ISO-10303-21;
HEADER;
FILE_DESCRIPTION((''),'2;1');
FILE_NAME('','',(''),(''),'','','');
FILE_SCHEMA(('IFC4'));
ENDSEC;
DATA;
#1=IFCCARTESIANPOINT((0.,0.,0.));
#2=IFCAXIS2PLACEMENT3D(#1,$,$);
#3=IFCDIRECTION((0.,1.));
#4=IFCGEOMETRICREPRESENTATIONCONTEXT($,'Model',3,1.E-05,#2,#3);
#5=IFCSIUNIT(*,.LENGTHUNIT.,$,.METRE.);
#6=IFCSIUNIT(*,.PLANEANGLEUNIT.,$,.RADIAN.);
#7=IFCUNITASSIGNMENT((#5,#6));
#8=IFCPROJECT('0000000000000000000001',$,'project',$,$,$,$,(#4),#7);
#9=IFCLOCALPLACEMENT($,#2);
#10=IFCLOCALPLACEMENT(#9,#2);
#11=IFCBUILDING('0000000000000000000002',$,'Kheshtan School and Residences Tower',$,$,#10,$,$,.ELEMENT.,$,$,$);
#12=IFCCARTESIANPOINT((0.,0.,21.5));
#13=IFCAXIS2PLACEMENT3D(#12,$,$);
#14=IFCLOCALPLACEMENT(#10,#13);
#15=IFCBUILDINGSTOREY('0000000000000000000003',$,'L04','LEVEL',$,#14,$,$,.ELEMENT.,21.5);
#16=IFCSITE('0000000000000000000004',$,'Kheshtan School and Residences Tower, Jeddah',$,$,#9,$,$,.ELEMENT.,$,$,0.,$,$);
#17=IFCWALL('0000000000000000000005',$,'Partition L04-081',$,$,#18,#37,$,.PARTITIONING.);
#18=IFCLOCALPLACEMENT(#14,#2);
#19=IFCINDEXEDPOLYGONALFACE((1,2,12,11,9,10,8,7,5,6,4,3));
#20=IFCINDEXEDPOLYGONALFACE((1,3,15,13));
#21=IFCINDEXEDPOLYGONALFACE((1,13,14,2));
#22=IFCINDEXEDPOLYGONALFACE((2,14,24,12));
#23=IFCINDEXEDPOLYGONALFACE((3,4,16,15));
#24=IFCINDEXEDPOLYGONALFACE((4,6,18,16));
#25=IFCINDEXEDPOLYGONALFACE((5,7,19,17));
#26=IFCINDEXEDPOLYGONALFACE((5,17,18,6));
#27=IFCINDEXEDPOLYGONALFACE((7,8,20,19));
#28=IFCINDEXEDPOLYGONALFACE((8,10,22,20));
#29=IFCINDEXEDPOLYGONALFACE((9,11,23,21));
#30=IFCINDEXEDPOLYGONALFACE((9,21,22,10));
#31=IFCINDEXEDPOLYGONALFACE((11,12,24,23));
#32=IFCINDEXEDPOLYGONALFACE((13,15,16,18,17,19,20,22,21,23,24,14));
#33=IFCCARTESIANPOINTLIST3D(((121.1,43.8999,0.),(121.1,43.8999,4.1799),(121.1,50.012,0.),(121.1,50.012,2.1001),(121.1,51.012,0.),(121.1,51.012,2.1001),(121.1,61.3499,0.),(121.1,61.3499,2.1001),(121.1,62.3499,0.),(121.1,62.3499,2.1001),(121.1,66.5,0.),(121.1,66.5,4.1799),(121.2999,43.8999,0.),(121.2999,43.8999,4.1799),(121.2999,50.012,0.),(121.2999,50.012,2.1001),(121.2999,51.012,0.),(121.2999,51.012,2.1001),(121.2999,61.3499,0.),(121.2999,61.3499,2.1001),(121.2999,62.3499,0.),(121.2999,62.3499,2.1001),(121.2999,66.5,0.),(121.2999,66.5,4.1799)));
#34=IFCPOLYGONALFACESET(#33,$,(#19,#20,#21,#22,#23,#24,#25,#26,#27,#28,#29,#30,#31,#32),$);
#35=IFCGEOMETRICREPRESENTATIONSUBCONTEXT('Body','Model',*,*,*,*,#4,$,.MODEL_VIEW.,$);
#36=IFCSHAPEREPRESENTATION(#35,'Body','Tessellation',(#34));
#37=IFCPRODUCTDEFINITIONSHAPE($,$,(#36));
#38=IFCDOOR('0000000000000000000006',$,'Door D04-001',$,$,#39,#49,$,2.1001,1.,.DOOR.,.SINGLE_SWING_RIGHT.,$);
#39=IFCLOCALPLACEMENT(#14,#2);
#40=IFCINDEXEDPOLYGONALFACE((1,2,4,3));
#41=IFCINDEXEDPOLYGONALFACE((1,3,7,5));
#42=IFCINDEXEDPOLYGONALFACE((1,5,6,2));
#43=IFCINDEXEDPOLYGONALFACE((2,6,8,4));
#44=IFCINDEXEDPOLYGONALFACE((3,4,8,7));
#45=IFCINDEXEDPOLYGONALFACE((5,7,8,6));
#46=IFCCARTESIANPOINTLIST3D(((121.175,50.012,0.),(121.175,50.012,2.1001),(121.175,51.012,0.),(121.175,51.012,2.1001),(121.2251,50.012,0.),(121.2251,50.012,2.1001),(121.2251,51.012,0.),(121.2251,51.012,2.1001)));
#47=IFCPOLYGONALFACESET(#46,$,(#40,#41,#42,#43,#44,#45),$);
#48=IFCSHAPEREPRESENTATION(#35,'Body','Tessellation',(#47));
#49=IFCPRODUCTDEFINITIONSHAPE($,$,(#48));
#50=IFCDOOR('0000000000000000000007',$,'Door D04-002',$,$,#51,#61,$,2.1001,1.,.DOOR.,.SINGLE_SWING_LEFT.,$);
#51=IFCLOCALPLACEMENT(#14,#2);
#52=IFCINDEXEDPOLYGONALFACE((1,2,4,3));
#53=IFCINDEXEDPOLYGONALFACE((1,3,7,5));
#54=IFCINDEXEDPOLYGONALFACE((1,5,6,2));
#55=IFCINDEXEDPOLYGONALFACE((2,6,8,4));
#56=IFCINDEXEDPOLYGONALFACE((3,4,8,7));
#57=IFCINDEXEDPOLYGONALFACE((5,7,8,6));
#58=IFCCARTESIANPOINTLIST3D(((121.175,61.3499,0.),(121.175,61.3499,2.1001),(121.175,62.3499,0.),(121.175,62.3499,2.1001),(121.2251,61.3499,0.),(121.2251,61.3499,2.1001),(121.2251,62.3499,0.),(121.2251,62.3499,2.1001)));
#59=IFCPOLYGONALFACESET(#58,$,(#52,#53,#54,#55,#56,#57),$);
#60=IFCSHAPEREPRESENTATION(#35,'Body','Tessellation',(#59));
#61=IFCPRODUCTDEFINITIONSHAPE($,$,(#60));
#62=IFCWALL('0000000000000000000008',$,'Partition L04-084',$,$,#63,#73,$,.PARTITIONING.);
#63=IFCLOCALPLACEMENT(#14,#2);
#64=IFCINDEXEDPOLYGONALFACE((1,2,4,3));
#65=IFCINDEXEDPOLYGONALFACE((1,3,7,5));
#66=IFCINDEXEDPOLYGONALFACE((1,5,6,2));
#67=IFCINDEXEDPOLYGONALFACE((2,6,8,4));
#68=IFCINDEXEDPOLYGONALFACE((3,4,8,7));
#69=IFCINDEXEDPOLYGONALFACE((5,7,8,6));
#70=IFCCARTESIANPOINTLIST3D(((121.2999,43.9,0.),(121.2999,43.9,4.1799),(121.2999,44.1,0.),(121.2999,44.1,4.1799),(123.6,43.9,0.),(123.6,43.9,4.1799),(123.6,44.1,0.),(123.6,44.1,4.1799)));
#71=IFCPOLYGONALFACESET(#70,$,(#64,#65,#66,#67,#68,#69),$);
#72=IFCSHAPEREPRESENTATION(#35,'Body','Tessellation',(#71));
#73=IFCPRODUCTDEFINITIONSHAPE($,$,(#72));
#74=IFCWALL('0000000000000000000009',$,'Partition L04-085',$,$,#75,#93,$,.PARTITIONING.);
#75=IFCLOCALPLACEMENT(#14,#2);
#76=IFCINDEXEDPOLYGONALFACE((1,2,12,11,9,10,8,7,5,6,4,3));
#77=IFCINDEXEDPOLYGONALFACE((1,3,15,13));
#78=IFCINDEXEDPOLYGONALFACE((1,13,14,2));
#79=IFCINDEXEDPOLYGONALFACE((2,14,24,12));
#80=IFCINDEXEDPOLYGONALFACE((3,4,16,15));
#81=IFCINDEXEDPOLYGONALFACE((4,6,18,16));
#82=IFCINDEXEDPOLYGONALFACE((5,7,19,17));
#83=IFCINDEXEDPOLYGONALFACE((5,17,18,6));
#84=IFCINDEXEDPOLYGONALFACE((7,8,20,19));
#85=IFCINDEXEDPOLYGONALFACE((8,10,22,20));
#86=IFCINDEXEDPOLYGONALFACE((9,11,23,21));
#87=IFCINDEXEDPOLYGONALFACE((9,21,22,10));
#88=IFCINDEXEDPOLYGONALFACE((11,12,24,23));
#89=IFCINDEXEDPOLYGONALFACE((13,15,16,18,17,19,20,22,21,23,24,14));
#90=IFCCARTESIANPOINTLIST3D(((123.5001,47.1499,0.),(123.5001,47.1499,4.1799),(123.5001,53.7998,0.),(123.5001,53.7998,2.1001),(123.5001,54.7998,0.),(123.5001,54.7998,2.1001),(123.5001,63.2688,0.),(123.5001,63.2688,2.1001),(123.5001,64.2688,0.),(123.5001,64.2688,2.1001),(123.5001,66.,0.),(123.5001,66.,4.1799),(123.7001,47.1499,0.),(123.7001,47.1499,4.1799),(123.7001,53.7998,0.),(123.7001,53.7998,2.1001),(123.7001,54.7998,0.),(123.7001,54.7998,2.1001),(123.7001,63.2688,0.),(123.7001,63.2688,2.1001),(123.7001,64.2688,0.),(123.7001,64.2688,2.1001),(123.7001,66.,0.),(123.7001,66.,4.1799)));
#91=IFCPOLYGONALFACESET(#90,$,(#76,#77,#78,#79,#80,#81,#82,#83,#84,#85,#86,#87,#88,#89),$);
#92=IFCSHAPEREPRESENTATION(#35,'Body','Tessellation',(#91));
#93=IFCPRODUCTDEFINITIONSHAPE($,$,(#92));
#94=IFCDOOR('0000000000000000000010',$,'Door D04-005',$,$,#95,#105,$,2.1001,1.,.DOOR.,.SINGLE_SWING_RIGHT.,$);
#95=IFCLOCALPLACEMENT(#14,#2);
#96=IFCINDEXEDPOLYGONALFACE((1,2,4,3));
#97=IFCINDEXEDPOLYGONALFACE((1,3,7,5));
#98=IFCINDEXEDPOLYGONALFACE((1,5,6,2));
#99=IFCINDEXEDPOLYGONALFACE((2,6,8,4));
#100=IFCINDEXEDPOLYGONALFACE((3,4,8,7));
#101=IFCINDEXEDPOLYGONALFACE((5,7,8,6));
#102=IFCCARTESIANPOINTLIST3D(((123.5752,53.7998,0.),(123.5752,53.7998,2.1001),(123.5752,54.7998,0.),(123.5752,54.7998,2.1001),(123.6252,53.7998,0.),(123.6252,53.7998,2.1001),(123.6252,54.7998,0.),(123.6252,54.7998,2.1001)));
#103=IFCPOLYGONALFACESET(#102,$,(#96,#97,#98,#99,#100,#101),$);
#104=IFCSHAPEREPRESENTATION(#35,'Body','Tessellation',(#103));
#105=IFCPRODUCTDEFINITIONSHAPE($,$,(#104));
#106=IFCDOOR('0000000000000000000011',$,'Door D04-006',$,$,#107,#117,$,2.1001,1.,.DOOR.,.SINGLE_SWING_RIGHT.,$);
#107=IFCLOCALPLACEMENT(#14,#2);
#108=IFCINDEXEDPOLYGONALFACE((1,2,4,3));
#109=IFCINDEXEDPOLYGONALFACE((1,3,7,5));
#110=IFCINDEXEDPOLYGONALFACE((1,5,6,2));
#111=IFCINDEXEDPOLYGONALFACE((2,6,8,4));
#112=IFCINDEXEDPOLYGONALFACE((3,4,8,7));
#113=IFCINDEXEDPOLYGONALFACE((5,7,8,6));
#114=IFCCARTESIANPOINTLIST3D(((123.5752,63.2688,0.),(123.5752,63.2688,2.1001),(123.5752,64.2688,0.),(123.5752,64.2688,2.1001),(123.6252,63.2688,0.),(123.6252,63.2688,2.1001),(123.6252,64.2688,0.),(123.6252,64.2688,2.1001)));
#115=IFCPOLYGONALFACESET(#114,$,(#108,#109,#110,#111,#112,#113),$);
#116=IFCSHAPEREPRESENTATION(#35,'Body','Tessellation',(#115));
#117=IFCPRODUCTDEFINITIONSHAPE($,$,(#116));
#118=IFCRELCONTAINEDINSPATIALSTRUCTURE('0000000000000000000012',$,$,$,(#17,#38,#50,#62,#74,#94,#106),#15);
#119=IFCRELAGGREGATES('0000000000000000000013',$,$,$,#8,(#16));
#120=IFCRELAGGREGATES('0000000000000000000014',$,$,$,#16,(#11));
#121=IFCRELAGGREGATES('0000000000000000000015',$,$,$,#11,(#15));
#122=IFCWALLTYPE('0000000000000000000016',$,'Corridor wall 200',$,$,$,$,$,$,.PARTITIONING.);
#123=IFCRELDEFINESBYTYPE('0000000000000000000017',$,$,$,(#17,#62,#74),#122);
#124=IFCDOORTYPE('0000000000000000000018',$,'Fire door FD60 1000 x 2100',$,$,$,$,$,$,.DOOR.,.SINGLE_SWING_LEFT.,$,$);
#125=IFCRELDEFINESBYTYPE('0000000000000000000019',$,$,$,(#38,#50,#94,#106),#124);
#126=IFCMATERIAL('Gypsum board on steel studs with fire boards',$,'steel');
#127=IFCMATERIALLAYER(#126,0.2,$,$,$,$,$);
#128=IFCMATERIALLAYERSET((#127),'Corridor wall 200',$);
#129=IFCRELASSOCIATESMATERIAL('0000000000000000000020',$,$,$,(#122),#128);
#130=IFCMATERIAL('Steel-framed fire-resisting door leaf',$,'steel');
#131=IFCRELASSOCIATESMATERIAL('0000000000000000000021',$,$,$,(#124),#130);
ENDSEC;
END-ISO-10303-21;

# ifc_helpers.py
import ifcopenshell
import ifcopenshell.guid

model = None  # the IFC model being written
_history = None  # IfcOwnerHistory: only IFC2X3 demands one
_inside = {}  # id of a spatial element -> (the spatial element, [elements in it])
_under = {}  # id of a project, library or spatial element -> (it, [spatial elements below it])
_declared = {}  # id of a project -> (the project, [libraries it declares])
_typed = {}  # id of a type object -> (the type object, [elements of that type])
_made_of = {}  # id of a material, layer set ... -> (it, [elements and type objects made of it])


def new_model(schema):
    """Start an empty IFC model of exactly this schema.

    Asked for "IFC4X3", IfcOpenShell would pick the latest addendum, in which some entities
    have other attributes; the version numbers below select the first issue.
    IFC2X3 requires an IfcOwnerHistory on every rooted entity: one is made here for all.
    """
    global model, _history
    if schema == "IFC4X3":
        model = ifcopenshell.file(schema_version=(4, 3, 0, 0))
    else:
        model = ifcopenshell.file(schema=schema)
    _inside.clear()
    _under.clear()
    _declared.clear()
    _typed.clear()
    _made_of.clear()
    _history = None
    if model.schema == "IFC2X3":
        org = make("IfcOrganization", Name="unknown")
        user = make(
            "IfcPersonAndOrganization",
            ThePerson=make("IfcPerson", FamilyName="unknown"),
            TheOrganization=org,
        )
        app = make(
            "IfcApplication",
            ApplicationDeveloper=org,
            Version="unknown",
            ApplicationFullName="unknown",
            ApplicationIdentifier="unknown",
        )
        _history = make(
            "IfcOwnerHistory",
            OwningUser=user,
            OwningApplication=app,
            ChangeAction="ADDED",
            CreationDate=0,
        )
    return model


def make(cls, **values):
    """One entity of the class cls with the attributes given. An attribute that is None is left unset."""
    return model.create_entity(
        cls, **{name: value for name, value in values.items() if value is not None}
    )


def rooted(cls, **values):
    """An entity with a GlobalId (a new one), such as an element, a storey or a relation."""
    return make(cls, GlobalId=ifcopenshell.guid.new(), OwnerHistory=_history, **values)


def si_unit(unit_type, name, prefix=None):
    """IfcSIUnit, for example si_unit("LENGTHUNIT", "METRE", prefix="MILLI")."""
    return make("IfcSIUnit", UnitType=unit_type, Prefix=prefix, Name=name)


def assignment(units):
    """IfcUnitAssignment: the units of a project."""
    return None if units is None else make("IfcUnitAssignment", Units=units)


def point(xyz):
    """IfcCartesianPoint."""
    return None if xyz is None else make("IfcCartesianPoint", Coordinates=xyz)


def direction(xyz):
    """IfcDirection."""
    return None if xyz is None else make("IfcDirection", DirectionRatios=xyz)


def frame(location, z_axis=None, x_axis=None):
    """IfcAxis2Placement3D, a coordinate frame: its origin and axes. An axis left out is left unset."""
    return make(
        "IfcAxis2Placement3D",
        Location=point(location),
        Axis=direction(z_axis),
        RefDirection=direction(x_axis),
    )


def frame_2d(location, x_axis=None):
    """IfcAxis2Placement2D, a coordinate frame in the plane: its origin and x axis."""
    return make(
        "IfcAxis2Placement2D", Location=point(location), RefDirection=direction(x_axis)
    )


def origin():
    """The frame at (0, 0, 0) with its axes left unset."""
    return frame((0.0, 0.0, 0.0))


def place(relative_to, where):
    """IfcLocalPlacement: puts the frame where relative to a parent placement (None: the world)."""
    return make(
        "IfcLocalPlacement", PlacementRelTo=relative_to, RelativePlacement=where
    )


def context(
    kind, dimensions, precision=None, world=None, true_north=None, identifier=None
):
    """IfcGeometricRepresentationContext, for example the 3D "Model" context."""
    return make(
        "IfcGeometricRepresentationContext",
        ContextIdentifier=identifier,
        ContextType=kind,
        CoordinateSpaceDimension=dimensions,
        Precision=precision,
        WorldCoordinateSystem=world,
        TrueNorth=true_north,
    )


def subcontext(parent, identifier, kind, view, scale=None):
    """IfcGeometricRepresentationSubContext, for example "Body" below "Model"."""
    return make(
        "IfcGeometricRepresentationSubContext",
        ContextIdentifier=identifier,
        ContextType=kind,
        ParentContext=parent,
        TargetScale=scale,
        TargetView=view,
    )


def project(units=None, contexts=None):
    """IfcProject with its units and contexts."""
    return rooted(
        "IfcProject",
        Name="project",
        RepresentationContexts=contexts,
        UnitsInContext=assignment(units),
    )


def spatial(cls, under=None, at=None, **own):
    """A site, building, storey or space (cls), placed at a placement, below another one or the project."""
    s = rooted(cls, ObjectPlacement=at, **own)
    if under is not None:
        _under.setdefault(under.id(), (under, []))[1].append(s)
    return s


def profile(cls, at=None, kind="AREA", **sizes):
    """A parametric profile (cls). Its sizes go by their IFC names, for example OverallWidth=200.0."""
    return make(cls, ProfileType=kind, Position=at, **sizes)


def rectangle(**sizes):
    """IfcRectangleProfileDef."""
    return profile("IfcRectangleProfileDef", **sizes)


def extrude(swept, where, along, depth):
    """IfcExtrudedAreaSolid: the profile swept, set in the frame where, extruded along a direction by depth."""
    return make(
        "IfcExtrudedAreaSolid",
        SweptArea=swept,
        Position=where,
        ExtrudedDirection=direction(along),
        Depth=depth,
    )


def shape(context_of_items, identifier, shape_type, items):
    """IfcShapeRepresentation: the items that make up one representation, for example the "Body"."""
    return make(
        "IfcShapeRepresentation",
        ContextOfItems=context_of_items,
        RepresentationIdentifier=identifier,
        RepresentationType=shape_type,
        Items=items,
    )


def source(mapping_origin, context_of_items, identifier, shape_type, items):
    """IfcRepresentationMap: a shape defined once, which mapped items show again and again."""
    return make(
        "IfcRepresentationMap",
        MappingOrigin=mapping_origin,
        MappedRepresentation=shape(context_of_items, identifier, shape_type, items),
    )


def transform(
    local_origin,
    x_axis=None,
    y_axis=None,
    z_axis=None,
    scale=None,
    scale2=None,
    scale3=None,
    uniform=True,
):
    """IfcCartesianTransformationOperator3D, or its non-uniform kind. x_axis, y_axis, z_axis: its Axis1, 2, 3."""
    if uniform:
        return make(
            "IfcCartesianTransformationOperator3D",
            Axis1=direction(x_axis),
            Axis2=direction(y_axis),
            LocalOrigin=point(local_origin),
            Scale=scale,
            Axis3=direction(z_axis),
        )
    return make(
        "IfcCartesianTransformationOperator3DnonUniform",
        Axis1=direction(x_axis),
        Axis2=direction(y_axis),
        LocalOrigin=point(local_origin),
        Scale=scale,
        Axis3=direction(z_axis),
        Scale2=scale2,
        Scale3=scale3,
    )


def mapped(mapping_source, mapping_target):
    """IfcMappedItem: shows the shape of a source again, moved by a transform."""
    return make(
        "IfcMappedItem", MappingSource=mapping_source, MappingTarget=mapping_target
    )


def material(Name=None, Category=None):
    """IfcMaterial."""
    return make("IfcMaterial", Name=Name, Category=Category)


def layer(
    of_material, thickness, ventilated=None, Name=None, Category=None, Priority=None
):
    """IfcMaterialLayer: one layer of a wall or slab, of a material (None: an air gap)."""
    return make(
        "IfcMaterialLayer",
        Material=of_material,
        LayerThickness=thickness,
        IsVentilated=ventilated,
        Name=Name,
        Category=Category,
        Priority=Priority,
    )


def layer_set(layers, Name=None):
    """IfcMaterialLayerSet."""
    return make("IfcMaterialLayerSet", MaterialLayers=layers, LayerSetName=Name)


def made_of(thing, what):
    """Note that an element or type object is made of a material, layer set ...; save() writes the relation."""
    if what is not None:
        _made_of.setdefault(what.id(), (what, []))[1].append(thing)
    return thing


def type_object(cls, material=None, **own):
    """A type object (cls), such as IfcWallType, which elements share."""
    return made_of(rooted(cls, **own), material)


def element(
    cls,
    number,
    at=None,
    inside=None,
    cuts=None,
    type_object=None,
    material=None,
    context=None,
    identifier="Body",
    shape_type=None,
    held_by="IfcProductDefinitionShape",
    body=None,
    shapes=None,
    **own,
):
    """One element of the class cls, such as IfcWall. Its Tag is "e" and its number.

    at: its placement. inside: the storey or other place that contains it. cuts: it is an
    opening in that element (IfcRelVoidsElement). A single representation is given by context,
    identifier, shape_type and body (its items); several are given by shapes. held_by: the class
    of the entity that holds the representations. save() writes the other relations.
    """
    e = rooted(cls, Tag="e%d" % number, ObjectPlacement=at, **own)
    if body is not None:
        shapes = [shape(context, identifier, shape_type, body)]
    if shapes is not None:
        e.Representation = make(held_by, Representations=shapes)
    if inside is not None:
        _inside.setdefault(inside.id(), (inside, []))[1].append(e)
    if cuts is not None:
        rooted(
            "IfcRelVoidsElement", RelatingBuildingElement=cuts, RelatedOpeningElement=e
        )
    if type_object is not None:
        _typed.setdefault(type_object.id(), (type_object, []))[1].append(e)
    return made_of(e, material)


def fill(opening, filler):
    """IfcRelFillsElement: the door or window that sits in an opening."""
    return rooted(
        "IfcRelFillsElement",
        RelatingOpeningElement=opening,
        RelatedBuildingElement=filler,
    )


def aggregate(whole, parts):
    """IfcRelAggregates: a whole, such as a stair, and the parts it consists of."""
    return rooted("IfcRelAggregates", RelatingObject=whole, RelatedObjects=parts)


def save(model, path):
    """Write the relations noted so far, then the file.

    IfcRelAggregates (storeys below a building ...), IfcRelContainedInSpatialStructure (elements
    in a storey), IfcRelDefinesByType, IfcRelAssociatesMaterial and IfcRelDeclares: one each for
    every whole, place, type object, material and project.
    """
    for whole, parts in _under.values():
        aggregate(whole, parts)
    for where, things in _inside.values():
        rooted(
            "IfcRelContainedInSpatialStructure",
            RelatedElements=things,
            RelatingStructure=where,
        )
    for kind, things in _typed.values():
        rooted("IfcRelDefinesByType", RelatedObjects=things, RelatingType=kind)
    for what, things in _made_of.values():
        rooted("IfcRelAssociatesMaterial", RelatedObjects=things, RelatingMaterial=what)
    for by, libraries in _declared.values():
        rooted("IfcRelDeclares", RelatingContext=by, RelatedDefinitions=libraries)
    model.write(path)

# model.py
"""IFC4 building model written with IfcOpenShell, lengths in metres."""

from ifc_helpers import new_model, si_unit, direction, frame, frame_2d, origin, place, context, subcontext, project, spatial, rectangle, extrude, source, transform, mapped, material, layer, layer_set, type_object, element, fill, save


model = new_model("IFC4")

# Units and contexts
model_context = context("Model", 3, precision=1e-05, world=origin(), true_north=direction((0.0, 1.0)))
body_context = subcontext(model_context, "Body", "Model", "MODEL_VIEW")
ifc_project = project(units=[si_unit("LENGTHUNIT", "METRE"), si_unit("PLANEANGLEUNIT", "RADIAN")], contexts=[model_context])

# Site, building, storey
site_placement = place(None, origin())
site = spatial("IfcSite", under=ifc_project, at=site_placement, Name="Kheshtan School and Residences Tower, Jeddah", CompositionType="ELEMENT", RefElevation=0.0)
building_placement = place(site_placement, origin())
building = spatial("IfcBuilding", under=site, at=building_placement, Name="Kheshtan School and Residences Tower", CompositionType="ELEMENT")
storey_placement = place(building_placement, frame((0.0, 0.0, 21.5)))
storey = spatial("IfcBuildingStorey", under=building, at=storey_placement, Name="L04", Description="LEVEL", CompositionType="ELEMENT", Elevation=21.5)

# Wall, openings, doors
ifc_material_1 = material(Name="Gypsum board on steel studs with fire boards", Category="steel")
ifc_layer_1 = layer(ifc_material_1, 0.2)
ifc_layer_set_1 = layer_set([ifc_layer_1], Name="Corridor wall 200")
wall_type_1 = type_object("IfcWallType", Name="Corridor wall 200", PredefinedType="PARTITIONING", material=ifc_layer_set_1)
wall_1_placement = place(storey_placement, frame((121.2, 43.8999, 0.0), z_axis=(0.0, 0.0, 1.0), x_axis=(0.0, 1.0, 0.0)))
wall_1 = element("IfcWall", 1, at=wall_1_placement, inside=storey, type_object=wall_type_1, Name="Partition L04-081", PredefinedType="PARTITIONING", context=body_context, shape_type="SweptSolid", body=[
    extrude(rectangle(XDim=22.6001, YDim=0.2, at=frame_2d((11.3, 0.0))), origin(), (0.0, 0.0, 1.0), 4.1799),
])
opening_1_placement = place(wall_1_placement, frame((6.1121, 0.0, 0.0)))
opening_1 = element("IfcOpeningElement", 2, at=opening_1_placement, cuts=wall_1, PredefinedType="OPENING", context=body_context, shape_type="SweptSolid", body=[
    extrude(rectangle(XDim=1.0, YDim=2.1001, at=frame_2d((0.5, 1.05))), frame((0.0, 0.1099, 0.0), z_axis=(0.0, -1.0, 0.0), x_axis=(1.0, 0.0, 0.0)), (0.0, 0.0, 1.0), 0.22),
])
opening_2_placement = place(wall_1_placement, frame((17.45, 0.0, 0.0)))
opening_2 = element("IfcOpeningElement", 3, at=opening_2_placement, cuts=wall_1, PredefinedType="OPENING", context=body_context, shape_type="SweptSolid", body=[
    extrude(rectangle(XDim=1.0, YDim=2.1001, at=frame_2d((0.5, 1.05))), frame((0.0, 0.1099, 0.0), z_axis=(0.0, -1.0, 0.0), x_axis=(1.0, 0.0, 0.0)), (0.0, 0.0, 1.0), 0.22),
])
ifc_material_2 = material(Name="Steel-framed fire-resisting door leaf", Category="steel")
door_type_1 = type_object("IfcDoorType", Name="Fire door FD60 1000 x 2100", OperationType="SINGLE_SWING_LEFT", PredefinedType="DOOR", material=ifc_material_2)
shared_shape_1 = source(origin(), body_context, "Body", "SweptSolid", [
    extrude(rectangle(XDim=1.0, YDim=2.1001, at=frame_2d((0.5, 1.05))), frame((0.0, 0.0249, 0.0), z_axis=(0.0, -1.0, 0.0), x_axis=(1.0, 0.0, 0.0)), (0.0, 0.0, 1.0), 0.05),
])
door_1_placement = place(opening_1_placement, origin())
door_1 = element("IfcDoor", 4, at=door_1_placement, inside=storey, type_object=door_type_1, Name="Door D04-001", OperationType="SINGLE_SWING_RIGHT", OverallHeight=2.1001, OverallWidth=1.0, PredefinedType="DOOR", context=body_context, shape_type="MappedRepresentation", body=[
    mapped(shared_shape_1, transform((0.0, 0.0, 0.0), x_axis=(1.0, 0.0, 0.0), y_axis=(0.0, 1.0, 0.0), z_axis=(0.0, 0.0, 1.0), scale=1.0)),
])
fill(opening_1, door_1)
door_2_placement = place(opening_2_placement, origin())
door_2 = element("IfcDoor", 5, at=door_2_placement, inside=storey, type_object=door_type_1, Name="Door D04-002", OperationType="SINGLE_SWING_LEFT", OverallHeight=2.1001, OverallWidth=1.0, PredefinedType="DOOR", context=body_context, shape_type="MappedRepresentation", body=[
    mapped(shared_shape_1, transform((0.0, 0.0, 0.0), x_axis=(1.0, 0.0, 0.0), y_axis=(0.0, 1.0, 0.0), z_axis=(0.0, 0.0, 1.0), scale=1.0)),
])
fill(opening_2, door_2)

# Wall
wall_2_placement = place(storey_placement, frame((121.3, 44.0, 0.0), z_axis=(0.0, 0.0, 1.0), x_axis=(1.0, 0.0, 0.0)))
element("IfcWall", 6, at=wall_2_placement, inside=storey, type_object=wall_type_1, Name="Partition L04-084", PredefinedType="PARTITIONING", context=body_context, shape_type="SweptSolid", body=[
    extrude(rectangle(XDim=2.3, YDim=0.2, at=frame_2d((1.1499, 0.0))), origin(), (0.0, 0.0, 1.0), 4.1799),
])

# Wall, openings, doors
wall_3_placement = place(storey_placement, frame((123.6001, 47.1499, 0.0), z_axis=(0.0, 0.0, 1.0), x_axis=(0.0, 1.0, 0.0)))
wall_3 = element("IfcWall", 7, at=wall_3_placement, inside=storey, type_object=wall_type_1, Name="Partition L04-085", PredefinedType="PARTITIONING", context=body_context, shape_type="SweptSolid", body=[
    extrude(rectangle(XDim=18.8501, YDim=0.2, at=frame_2d((9.425, 0.0))), origin(), (0.0, 0.0, 1.0), 4.1799),
])
opening_3_placement = place(wall_3_placement, frame((6.6499, 0.0, 0.0)))
opening_3 = element("IfcOpeningElement", 8, at=opening_3_placement, cuts=wall_3, PredefinedType="OPENING", context=body_context, shape_type="SweptSolid", body=[
    extrude(rectangle(XDim=1.0, YDim=2.1001, at=frame_2d((0.5, 1.05))), frame((0.0, 0.1099, 0.0), z_axis=(0.0, -1.0, 0.0), x_axis=(1.0, 0.0, 0.0)), (0.0, 0.0, 1.0), 0.22),
])
opening_4_placement = place(wall_3_placement, frame((16.1189, 0.0, 0.0)))
opening_4 = element("IfcOpeningElement", 9, at=opening_4_placement, cuts=wall_3, PredefinedType="OPENING", context=body_context, shape_type="SweptSolid", body=[
    extrude(rectangle(XDim=1.0, YDim=2.1001, at=frame_2d((0.5, 1.05))), frame((0.0, 0.1099, 0.0), z_axis=(0.0, -1.0, 0.0), x_axis=(1.0, 0.0, 0.0)), (0.0, 0.0, 1.0), 0.22),
])
door_3_placement = place(opening_3_placement, origin())
door_3 = element("IfcDoor", 10, at=door_3_placement, inside=storey, type_object=door_type_1, Name="Door D04-005", OperationType="SINGLE_SWING_RIGHT", OverallHeight=2.1001, OverallWidth=1.0, PredefinedType="DOOR", context=body_context, shape_type="MappedRepresentation", body=[
    mapped(shared_shape_1, transform((0.0, 0.0, 0.0), x_axis=(1.0, 0.0, 0.0), y_axis=(0.0, 1.0, 0.0), z_axis=(0.0, 0.0, 1.0), scale=1.0)),
])
fill(opening_3, door_3)
door_4_placement = place(opening_4_placement, origin())
door_4 = element("IfcDoor", 11, at=door_4_placement, inside=storey, type_object=door_type_1, Name="Door D04-006", OperationType="SINGLE_SWING_RIGHT", OverallHeight=2.1001, OverallWidth=1.0, PredefinedType="DOOR", context=body_context, shape_type="MappedRepresentation", body=[
    mapped(shared_shape_1, transform((0.0, 0.0, 0.0), x_axis=(1.0, 0.0, 0.0), y_axis=(0.0, 1.0, 0.0), z_axis=(0.0, 0.0, 1.0), scale=1.0)),
])
fill(opening_4, door_4)

save(model, "model.ifc")
